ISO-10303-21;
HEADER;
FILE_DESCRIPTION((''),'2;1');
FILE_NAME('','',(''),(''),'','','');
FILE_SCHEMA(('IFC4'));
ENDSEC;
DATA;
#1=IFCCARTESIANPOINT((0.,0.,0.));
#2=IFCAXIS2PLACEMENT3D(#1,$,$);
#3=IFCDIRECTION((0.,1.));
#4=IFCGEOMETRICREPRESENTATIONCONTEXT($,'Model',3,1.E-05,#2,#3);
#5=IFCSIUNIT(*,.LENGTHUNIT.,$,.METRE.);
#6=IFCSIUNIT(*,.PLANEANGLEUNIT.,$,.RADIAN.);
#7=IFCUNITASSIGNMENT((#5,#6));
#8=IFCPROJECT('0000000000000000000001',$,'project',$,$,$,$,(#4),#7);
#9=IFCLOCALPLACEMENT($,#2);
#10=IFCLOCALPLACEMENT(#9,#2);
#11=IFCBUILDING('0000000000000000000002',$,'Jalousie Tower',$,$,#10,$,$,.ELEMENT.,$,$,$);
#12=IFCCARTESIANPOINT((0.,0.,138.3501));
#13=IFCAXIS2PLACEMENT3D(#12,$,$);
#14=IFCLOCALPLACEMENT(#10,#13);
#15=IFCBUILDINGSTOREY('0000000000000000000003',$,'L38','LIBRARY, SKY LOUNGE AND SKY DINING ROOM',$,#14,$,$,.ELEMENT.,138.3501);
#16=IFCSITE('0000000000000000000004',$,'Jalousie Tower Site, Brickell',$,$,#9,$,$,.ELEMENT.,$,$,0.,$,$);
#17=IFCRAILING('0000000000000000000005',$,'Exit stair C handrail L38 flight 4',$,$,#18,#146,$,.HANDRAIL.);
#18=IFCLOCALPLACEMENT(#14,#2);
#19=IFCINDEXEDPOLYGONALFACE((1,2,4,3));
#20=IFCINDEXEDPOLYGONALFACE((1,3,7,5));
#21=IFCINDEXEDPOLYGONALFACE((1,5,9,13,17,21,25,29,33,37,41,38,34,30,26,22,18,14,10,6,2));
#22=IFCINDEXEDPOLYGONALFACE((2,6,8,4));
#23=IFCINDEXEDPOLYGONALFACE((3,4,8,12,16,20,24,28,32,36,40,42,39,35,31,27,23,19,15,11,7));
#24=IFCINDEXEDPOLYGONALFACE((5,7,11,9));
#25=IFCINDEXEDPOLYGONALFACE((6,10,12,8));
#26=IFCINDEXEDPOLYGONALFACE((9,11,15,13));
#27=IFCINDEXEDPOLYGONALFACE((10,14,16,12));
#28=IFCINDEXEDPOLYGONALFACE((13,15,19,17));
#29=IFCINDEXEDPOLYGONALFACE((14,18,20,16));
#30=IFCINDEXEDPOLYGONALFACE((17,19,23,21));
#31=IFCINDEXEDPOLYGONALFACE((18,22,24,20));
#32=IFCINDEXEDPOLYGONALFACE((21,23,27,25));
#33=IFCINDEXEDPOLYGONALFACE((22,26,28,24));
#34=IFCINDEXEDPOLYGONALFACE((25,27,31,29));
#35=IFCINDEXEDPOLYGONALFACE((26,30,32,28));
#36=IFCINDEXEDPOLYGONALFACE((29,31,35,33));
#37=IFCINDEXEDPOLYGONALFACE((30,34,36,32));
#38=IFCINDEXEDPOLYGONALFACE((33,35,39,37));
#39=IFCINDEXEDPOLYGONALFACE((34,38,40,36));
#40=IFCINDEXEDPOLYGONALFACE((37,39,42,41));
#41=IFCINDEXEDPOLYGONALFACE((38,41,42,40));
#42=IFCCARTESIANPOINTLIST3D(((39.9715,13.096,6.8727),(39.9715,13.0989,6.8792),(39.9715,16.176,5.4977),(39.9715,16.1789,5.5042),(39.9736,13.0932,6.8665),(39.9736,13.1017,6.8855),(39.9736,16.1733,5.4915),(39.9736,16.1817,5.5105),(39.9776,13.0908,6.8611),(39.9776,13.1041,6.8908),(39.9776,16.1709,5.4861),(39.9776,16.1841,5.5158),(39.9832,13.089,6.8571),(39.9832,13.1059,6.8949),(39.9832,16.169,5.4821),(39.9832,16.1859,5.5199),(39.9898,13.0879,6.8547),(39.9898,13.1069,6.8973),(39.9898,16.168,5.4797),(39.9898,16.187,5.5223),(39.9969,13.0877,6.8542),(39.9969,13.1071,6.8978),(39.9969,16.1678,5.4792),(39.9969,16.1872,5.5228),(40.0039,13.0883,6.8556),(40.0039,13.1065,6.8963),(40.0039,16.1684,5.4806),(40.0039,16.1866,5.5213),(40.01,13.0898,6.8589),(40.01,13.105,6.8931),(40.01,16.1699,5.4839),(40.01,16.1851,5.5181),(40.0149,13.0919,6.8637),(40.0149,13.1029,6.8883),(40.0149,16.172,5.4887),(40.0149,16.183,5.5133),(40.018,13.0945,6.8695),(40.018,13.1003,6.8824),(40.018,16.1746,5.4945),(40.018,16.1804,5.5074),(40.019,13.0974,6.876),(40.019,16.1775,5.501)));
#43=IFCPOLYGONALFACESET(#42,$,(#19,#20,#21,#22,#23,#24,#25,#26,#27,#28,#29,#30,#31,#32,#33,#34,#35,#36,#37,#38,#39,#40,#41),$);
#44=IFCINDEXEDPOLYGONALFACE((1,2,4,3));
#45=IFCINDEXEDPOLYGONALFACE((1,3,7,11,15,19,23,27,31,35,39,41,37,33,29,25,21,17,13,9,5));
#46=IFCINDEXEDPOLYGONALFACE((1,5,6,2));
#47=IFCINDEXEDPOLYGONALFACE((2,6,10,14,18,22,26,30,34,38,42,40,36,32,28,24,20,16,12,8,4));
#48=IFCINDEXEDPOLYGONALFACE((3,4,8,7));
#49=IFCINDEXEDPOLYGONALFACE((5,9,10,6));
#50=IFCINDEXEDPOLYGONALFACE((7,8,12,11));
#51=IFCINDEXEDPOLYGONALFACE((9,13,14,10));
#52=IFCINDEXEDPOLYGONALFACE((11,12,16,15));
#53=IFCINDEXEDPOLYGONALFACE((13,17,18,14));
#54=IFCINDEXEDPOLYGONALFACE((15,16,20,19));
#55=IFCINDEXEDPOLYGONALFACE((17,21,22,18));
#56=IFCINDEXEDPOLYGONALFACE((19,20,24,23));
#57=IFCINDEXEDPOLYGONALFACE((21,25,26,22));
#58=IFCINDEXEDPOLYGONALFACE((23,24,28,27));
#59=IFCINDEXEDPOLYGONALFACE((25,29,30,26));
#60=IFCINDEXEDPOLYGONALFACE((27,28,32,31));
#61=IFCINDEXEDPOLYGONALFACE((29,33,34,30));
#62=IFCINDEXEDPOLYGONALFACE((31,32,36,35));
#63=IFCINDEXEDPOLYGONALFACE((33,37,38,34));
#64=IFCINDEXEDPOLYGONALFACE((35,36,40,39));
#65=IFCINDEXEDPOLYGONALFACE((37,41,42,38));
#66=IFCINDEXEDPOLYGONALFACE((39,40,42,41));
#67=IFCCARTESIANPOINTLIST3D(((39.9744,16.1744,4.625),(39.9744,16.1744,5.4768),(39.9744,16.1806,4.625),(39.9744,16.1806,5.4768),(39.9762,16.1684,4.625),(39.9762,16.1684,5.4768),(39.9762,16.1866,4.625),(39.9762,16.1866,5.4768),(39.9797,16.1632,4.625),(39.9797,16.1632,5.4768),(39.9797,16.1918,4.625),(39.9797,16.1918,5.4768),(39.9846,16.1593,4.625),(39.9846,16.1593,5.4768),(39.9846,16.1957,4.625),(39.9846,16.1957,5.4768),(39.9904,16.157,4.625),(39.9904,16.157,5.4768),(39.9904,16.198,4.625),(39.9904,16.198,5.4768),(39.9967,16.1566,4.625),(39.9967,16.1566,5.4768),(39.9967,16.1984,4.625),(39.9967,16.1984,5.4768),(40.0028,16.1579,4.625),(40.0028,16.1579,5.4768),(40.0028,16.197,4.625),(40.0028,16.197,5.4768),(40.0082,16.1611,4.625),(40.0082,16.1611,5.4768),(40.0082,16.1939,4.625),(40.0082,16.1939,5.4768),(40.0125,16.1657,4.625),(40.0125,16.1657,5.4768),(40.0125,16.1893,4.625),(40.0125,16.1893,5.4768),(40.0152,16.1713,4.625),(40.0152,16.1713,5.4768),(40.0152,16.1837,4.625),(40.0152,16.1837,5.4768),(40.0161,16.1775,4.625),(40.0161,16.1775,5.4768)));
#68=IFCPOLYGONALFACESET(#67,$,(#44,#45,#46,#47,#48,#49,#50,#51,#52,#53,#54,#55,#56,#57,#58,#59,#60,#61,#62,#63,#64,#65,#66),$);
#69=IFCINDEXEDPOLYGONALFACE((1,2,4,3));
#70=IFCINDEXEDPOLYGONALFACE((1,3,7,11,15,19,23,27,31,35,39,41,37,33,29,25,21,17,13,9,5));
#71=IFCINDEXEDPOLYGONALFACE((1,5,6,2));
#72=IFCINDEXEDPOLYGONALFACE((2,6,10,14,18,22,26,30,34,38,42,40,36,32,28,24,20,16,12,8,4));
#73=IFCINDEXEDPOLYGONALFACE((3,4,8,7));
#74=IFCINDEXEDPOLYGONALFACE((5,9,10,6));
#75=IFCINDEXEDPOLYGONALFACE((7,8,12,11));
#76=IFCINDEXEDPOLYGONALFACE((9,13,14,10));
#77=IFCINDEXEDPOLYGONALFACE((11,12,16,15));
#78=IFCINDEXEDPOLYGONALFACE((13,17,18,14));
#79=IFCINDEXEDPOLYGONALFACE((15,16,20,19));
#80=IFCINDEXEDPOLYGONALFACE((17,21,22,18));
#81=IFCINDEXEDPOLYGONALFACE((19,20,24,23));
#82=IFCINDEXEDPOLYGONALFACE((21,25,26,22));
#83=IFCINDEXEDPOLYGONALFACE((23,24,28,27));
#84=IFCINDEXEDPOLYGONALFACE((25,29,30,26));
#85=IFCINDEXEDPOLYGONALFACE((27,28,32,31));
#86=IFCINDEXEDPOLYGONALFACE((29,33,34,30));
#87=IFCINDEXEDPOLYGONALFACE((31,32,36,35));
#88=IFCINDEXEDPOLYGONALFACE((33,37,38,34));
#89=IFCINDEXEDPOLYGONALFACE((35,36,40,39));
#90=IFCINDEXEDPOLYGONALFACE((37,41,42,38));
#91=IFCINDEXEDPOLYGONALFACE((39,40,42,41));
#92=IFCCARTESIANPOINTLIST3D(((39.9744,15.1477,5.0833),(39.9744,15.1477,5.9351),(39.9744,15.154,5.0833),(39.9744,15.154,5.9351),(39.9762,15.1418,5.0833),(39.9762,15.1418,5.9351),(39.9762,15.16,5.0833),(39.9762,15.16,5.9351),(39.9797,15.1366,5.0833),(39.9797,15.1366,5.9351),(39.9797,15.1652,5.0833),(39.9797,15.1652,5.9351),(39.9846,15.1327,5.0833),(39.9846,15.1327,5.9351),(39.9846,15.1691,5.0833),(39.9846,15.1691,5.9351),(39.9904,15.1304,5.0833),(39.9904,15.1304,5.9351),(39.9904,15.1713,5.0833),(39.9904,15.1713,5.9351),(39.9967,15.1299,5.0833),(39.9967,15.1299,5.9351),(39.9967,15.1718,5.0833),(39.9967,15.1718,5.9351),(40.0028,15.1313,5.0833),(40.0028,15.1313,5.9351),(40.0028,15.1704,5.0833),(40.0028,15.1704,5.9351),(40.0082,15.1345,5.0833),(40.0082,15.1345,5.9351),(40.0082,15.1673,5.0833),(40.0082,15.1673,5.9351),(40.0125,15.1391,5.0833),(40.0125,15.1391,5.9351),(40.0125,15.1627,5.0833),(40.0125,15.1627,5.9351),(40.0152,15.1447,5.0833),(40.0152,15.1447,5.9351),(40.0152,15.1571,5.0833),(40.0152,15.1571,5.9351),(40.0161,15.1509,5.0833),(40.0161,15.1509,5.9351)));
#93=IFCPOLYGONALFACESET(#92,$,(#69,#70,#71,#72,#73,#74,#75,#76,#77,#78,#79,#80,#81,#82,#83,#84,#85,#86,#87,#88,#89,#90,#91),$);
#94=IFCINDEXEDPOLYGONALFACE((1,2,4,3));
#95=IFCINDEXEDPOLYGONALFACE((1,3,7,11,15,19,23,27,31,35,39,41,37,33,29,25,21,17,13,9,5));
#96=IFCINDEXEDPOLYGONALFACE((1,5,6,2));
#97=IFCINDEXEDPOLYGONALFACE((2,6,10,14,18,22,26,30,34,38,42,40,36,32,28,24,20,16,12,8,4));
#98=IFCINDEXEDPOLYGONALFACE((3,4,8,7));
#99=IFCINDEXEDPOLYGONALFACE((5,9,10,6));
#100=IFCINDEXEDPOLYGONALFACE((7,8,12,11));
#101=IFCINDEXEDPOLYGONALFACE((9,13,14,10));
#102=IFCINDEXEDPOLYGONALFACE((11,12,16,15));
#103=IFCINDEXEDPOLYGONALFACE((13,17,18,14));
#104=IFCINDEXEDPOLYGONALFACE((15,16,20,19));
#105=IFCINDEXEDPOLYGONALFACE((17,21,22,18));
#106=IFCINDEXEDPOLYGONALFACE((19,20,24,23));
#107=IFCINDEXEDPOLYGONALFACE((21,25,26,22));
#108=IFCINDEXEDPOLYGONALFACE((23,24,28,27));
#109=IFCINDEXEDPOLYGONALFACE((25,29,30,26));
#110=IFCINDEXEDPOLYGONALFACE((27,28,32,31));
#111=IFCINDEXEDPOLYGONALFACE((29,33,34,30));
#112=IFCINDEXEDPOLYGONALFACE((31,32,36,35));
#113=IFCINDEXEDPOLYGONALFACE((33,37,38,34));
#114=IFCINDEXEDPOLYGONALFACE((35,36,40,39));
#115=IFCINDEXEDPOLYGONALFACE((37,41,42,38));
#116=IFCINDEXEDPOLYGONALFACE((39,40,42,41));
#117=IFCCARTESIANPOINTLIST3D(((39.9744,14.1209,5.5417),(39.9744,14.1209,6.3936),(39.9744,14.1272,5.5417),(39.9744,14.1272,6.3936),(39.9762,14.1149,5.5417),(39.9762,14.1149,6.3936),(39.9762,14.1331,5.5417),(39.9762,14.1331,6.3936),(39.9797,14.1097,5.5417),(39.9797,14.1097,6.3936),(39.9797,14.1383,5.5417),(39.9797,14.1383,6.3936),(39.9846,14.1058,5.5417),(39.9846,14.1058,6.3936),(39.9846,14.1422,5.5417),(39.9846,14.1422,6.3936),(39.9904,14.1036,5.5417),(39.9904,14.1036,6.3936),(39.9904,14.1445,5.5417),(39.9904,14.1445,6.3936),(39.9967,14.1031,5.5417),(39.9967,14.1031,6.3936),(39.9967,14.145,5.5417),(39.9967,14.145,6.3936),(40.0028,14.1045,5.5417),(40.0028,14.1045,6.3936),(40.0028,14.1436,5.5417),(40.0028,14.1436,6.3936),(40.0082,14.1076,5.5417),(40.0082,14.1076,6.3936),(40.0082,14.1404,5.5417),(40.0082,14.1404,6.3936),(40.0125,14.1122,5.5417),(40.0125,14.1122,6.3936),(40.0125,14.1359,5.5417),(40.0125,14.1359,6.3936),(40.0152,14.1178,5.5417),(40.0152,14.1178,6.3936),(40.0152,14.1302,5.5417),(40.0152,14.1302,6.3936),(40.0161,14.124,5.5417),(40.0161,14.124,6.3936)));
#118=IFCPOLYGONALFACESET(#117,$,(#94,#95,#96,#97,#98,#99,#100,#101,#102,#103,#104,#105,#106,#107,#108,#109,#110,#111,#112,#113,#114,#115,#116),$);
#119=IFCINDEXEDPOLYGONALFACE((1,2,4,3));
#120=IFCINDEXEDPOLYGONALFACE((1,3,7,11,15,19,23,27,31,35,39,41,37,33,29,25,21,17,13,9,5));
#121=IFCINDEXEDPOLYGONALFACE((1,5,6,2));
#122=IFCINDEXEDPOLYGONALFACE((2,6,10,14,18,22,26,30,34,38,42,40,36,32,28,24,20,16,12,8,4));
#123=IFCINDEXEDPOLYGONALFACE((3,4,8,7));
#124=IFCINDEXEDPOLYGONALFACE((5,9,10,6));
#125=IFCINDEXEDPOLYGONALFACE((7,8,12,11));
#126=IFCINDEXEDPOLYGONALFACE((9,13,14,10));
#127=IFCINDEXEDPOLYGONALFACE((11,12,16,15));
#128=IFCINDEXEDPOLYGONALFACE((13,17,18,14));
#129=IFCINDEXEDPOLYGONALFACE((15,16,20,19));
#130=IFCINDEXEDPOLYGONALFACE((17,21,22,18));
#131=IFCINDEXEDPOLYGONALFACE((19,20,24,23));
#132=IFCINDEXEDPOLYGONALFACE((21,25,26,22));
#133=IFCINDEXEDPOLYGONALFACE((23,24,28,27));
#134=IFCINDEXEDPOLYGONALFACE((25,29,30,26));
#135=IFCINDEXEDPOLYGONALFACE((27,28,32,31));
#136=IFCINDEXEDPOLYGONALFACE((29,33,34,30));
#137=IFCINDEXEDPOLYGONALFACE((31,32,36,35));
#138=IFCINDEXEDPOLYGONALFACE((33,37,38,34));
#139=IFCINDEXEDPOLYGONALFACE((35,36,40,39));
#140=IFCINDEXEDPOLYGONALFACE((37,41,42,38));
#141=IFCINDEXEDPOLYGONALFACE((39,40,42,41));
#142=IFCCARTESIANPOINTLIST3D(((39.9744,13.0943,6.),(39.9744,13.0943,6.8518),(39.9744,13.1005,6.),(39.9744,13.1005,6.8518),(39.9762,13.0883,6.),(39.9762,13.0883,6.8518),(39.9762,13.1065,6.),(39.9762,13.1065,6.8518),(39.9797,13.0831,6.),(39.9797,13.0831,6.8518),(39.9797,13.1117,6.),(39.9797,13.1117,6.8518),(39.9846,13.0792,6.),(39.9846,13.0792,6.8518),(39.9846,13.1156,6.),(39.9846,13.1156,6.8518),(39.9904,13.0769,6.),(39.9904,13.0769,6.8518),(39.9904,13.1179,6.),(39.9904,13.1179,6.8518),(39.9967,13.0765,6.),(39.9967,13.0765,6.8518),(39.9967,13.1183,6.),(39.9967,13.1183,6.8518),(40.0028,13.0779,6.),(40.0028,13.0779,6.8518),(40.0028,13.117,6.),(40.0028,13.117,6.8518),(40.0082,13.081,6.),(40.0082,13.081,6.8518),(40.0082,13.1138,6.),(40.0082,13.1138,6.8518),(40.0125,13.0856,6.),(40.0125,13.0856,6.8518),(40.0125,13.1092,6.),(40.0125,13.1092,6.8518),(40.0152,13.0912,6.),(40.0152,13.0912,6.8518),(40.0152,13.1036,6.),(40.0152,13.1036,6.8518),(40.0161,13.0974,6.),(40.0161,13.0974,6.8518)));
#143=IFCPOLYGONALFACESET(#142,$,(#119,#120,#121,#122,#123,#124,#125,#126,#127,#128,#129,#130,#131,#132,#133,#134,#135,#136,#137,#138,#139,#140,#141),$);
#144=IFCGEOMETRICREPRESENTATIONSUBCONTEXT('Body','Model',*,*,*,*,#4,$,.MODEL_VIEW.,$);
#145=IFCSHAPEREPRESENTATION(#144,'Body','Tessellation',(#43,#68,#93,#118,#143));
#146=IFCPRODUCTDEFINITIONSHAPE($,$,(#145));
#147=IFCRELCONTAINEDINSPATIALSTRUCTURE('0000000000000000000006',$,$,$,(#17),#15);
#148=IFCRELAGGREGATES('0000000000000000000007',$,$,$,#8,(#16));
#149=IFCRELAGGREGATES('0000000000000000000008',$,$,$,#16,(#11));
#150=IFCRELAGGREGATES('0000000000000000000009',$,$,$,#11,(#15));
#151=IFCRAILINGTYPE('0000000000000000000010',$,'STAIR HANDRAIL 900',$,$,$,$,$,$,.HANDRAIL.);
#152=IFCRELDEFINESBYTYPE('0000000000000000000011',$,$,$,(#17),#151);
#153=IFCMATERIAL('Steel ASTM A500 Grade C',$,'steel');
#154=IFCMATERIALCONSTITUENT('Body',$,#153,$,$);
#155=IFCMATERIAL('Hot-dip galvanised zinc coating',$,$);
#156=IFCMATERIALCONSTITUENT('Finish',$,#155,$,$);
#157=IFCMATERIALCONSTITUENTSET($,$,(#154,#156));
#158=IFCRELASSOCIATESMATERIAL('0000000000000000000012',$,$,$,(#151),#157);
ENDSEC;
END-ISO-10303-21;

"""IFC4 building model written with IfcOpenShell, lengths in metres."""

from ifc_helpers import new_model, si_unit, direction, frame, origin, origin_2d, place, context, subcontext, project, spatial, circle, extrude, material, constituent, constituent_set, type_object, element, save


model = new_model("IFC4")

# Units and contexts
model_context = context("Model", 3, precision=1e-05, world=origin(), true_north=direction((0.0, 1.0)))
body_context = subcontext(model_context, "Body", "Model", "MODEL_VIEW")
ifc_project = project(units=[si_unit("LENGTHUNIT", "METRE"), si_unit("PLANEANGLEUNIT", "RADIAN")], contexts=[model_context])

# Site, building, storey
site_placement = place(None, origin())
site = spatial("IfcSite", under=ifc_project, at=site_placement, Name="Jalousie Tower Site, Brickell", CompositionType="ELEMENT", RefElevation=0.0)
building_placement = place(site_placement, origin())
building = spatial("IfcBuilding", under=site, at=building_placement, Name="Jalousie Tower", CompositionType="ELEMENT")
storey_placement = place(building_placement, frame((0.0, 0.0, 138.3501)))
storey = spatial("IfcBuildingStorey", under=building, at=storey_placement, Name="L38", Description="LIBRARY, SKY LOUNGE AND SKY DINING ROOM", CompositionType="ELEMENT", Elevation=138.3501)

# Railing
ifc_material_1 = material(Name="Steel ASTM A500 Grade C", Category="steel")
ifc_constituent_1 = constituent(ifc_material_1, Name="Body")
ifc_material_2 = material(Name="Hot-dip galvanised zinc coating")
ifc_constituent_2 = constituent(ifc_material_2, Name="Finish")
ifc_constituent_set_1 = constituent_set(constituents=[ifc_constituent_1, ifc_constituent_2])
railing_type_1 = type_object("IfcRailingType", Name="STAIR HANDRAIL 900", PredefinedType="HANDRAIL", material=ifc_constituent_set_1)
for number, where, name in (
    (1, (39.9951, 16.1775, 4.625), "Exit stair C handrail L38 flight 4"),
):
    element("IfcRailing", number, at=place(storey_placement, frame(where)), inside=storey, type_object=railing_type_1, Name=name, PredefinedType="HANDRAIL", context=body_context, shape_type="SweptSolid", body=[
        extrude(circle(Radius=0.0239, at=origin_2d()), frame((0.0, 0.0, 0.876), z_axis=(0.0, -0.913142, 0.407642), x_axis=(1.0, 0.0, 0.0)), (0.0, 0.0, 1.0), 3.373),
        extrude(circle(Radius=0.021, at=origin_2d()), origin(), (0.0, 0.0, 1.0), 0.8518),
        extrude(circle(Radius=0.021, at=origin_2d()), frame((0.0, -1.0266, 0.4583)), (0.0, 0.0, 1.0), 0.8518),
        extrude(circle(Radius=0.021, at=origin_2d()), frame((0.0, -2.0535, 0.9167)), (0.0, 0.0, 1.0), 0.8518),
        extrude(circle(Radius=0.021, at=origin_2d()), frame((0.0, -3.0801, 1.375)), (0.0, 0.0, 1.0), 0.8518),
    ])

save(model, "model.ifc")
